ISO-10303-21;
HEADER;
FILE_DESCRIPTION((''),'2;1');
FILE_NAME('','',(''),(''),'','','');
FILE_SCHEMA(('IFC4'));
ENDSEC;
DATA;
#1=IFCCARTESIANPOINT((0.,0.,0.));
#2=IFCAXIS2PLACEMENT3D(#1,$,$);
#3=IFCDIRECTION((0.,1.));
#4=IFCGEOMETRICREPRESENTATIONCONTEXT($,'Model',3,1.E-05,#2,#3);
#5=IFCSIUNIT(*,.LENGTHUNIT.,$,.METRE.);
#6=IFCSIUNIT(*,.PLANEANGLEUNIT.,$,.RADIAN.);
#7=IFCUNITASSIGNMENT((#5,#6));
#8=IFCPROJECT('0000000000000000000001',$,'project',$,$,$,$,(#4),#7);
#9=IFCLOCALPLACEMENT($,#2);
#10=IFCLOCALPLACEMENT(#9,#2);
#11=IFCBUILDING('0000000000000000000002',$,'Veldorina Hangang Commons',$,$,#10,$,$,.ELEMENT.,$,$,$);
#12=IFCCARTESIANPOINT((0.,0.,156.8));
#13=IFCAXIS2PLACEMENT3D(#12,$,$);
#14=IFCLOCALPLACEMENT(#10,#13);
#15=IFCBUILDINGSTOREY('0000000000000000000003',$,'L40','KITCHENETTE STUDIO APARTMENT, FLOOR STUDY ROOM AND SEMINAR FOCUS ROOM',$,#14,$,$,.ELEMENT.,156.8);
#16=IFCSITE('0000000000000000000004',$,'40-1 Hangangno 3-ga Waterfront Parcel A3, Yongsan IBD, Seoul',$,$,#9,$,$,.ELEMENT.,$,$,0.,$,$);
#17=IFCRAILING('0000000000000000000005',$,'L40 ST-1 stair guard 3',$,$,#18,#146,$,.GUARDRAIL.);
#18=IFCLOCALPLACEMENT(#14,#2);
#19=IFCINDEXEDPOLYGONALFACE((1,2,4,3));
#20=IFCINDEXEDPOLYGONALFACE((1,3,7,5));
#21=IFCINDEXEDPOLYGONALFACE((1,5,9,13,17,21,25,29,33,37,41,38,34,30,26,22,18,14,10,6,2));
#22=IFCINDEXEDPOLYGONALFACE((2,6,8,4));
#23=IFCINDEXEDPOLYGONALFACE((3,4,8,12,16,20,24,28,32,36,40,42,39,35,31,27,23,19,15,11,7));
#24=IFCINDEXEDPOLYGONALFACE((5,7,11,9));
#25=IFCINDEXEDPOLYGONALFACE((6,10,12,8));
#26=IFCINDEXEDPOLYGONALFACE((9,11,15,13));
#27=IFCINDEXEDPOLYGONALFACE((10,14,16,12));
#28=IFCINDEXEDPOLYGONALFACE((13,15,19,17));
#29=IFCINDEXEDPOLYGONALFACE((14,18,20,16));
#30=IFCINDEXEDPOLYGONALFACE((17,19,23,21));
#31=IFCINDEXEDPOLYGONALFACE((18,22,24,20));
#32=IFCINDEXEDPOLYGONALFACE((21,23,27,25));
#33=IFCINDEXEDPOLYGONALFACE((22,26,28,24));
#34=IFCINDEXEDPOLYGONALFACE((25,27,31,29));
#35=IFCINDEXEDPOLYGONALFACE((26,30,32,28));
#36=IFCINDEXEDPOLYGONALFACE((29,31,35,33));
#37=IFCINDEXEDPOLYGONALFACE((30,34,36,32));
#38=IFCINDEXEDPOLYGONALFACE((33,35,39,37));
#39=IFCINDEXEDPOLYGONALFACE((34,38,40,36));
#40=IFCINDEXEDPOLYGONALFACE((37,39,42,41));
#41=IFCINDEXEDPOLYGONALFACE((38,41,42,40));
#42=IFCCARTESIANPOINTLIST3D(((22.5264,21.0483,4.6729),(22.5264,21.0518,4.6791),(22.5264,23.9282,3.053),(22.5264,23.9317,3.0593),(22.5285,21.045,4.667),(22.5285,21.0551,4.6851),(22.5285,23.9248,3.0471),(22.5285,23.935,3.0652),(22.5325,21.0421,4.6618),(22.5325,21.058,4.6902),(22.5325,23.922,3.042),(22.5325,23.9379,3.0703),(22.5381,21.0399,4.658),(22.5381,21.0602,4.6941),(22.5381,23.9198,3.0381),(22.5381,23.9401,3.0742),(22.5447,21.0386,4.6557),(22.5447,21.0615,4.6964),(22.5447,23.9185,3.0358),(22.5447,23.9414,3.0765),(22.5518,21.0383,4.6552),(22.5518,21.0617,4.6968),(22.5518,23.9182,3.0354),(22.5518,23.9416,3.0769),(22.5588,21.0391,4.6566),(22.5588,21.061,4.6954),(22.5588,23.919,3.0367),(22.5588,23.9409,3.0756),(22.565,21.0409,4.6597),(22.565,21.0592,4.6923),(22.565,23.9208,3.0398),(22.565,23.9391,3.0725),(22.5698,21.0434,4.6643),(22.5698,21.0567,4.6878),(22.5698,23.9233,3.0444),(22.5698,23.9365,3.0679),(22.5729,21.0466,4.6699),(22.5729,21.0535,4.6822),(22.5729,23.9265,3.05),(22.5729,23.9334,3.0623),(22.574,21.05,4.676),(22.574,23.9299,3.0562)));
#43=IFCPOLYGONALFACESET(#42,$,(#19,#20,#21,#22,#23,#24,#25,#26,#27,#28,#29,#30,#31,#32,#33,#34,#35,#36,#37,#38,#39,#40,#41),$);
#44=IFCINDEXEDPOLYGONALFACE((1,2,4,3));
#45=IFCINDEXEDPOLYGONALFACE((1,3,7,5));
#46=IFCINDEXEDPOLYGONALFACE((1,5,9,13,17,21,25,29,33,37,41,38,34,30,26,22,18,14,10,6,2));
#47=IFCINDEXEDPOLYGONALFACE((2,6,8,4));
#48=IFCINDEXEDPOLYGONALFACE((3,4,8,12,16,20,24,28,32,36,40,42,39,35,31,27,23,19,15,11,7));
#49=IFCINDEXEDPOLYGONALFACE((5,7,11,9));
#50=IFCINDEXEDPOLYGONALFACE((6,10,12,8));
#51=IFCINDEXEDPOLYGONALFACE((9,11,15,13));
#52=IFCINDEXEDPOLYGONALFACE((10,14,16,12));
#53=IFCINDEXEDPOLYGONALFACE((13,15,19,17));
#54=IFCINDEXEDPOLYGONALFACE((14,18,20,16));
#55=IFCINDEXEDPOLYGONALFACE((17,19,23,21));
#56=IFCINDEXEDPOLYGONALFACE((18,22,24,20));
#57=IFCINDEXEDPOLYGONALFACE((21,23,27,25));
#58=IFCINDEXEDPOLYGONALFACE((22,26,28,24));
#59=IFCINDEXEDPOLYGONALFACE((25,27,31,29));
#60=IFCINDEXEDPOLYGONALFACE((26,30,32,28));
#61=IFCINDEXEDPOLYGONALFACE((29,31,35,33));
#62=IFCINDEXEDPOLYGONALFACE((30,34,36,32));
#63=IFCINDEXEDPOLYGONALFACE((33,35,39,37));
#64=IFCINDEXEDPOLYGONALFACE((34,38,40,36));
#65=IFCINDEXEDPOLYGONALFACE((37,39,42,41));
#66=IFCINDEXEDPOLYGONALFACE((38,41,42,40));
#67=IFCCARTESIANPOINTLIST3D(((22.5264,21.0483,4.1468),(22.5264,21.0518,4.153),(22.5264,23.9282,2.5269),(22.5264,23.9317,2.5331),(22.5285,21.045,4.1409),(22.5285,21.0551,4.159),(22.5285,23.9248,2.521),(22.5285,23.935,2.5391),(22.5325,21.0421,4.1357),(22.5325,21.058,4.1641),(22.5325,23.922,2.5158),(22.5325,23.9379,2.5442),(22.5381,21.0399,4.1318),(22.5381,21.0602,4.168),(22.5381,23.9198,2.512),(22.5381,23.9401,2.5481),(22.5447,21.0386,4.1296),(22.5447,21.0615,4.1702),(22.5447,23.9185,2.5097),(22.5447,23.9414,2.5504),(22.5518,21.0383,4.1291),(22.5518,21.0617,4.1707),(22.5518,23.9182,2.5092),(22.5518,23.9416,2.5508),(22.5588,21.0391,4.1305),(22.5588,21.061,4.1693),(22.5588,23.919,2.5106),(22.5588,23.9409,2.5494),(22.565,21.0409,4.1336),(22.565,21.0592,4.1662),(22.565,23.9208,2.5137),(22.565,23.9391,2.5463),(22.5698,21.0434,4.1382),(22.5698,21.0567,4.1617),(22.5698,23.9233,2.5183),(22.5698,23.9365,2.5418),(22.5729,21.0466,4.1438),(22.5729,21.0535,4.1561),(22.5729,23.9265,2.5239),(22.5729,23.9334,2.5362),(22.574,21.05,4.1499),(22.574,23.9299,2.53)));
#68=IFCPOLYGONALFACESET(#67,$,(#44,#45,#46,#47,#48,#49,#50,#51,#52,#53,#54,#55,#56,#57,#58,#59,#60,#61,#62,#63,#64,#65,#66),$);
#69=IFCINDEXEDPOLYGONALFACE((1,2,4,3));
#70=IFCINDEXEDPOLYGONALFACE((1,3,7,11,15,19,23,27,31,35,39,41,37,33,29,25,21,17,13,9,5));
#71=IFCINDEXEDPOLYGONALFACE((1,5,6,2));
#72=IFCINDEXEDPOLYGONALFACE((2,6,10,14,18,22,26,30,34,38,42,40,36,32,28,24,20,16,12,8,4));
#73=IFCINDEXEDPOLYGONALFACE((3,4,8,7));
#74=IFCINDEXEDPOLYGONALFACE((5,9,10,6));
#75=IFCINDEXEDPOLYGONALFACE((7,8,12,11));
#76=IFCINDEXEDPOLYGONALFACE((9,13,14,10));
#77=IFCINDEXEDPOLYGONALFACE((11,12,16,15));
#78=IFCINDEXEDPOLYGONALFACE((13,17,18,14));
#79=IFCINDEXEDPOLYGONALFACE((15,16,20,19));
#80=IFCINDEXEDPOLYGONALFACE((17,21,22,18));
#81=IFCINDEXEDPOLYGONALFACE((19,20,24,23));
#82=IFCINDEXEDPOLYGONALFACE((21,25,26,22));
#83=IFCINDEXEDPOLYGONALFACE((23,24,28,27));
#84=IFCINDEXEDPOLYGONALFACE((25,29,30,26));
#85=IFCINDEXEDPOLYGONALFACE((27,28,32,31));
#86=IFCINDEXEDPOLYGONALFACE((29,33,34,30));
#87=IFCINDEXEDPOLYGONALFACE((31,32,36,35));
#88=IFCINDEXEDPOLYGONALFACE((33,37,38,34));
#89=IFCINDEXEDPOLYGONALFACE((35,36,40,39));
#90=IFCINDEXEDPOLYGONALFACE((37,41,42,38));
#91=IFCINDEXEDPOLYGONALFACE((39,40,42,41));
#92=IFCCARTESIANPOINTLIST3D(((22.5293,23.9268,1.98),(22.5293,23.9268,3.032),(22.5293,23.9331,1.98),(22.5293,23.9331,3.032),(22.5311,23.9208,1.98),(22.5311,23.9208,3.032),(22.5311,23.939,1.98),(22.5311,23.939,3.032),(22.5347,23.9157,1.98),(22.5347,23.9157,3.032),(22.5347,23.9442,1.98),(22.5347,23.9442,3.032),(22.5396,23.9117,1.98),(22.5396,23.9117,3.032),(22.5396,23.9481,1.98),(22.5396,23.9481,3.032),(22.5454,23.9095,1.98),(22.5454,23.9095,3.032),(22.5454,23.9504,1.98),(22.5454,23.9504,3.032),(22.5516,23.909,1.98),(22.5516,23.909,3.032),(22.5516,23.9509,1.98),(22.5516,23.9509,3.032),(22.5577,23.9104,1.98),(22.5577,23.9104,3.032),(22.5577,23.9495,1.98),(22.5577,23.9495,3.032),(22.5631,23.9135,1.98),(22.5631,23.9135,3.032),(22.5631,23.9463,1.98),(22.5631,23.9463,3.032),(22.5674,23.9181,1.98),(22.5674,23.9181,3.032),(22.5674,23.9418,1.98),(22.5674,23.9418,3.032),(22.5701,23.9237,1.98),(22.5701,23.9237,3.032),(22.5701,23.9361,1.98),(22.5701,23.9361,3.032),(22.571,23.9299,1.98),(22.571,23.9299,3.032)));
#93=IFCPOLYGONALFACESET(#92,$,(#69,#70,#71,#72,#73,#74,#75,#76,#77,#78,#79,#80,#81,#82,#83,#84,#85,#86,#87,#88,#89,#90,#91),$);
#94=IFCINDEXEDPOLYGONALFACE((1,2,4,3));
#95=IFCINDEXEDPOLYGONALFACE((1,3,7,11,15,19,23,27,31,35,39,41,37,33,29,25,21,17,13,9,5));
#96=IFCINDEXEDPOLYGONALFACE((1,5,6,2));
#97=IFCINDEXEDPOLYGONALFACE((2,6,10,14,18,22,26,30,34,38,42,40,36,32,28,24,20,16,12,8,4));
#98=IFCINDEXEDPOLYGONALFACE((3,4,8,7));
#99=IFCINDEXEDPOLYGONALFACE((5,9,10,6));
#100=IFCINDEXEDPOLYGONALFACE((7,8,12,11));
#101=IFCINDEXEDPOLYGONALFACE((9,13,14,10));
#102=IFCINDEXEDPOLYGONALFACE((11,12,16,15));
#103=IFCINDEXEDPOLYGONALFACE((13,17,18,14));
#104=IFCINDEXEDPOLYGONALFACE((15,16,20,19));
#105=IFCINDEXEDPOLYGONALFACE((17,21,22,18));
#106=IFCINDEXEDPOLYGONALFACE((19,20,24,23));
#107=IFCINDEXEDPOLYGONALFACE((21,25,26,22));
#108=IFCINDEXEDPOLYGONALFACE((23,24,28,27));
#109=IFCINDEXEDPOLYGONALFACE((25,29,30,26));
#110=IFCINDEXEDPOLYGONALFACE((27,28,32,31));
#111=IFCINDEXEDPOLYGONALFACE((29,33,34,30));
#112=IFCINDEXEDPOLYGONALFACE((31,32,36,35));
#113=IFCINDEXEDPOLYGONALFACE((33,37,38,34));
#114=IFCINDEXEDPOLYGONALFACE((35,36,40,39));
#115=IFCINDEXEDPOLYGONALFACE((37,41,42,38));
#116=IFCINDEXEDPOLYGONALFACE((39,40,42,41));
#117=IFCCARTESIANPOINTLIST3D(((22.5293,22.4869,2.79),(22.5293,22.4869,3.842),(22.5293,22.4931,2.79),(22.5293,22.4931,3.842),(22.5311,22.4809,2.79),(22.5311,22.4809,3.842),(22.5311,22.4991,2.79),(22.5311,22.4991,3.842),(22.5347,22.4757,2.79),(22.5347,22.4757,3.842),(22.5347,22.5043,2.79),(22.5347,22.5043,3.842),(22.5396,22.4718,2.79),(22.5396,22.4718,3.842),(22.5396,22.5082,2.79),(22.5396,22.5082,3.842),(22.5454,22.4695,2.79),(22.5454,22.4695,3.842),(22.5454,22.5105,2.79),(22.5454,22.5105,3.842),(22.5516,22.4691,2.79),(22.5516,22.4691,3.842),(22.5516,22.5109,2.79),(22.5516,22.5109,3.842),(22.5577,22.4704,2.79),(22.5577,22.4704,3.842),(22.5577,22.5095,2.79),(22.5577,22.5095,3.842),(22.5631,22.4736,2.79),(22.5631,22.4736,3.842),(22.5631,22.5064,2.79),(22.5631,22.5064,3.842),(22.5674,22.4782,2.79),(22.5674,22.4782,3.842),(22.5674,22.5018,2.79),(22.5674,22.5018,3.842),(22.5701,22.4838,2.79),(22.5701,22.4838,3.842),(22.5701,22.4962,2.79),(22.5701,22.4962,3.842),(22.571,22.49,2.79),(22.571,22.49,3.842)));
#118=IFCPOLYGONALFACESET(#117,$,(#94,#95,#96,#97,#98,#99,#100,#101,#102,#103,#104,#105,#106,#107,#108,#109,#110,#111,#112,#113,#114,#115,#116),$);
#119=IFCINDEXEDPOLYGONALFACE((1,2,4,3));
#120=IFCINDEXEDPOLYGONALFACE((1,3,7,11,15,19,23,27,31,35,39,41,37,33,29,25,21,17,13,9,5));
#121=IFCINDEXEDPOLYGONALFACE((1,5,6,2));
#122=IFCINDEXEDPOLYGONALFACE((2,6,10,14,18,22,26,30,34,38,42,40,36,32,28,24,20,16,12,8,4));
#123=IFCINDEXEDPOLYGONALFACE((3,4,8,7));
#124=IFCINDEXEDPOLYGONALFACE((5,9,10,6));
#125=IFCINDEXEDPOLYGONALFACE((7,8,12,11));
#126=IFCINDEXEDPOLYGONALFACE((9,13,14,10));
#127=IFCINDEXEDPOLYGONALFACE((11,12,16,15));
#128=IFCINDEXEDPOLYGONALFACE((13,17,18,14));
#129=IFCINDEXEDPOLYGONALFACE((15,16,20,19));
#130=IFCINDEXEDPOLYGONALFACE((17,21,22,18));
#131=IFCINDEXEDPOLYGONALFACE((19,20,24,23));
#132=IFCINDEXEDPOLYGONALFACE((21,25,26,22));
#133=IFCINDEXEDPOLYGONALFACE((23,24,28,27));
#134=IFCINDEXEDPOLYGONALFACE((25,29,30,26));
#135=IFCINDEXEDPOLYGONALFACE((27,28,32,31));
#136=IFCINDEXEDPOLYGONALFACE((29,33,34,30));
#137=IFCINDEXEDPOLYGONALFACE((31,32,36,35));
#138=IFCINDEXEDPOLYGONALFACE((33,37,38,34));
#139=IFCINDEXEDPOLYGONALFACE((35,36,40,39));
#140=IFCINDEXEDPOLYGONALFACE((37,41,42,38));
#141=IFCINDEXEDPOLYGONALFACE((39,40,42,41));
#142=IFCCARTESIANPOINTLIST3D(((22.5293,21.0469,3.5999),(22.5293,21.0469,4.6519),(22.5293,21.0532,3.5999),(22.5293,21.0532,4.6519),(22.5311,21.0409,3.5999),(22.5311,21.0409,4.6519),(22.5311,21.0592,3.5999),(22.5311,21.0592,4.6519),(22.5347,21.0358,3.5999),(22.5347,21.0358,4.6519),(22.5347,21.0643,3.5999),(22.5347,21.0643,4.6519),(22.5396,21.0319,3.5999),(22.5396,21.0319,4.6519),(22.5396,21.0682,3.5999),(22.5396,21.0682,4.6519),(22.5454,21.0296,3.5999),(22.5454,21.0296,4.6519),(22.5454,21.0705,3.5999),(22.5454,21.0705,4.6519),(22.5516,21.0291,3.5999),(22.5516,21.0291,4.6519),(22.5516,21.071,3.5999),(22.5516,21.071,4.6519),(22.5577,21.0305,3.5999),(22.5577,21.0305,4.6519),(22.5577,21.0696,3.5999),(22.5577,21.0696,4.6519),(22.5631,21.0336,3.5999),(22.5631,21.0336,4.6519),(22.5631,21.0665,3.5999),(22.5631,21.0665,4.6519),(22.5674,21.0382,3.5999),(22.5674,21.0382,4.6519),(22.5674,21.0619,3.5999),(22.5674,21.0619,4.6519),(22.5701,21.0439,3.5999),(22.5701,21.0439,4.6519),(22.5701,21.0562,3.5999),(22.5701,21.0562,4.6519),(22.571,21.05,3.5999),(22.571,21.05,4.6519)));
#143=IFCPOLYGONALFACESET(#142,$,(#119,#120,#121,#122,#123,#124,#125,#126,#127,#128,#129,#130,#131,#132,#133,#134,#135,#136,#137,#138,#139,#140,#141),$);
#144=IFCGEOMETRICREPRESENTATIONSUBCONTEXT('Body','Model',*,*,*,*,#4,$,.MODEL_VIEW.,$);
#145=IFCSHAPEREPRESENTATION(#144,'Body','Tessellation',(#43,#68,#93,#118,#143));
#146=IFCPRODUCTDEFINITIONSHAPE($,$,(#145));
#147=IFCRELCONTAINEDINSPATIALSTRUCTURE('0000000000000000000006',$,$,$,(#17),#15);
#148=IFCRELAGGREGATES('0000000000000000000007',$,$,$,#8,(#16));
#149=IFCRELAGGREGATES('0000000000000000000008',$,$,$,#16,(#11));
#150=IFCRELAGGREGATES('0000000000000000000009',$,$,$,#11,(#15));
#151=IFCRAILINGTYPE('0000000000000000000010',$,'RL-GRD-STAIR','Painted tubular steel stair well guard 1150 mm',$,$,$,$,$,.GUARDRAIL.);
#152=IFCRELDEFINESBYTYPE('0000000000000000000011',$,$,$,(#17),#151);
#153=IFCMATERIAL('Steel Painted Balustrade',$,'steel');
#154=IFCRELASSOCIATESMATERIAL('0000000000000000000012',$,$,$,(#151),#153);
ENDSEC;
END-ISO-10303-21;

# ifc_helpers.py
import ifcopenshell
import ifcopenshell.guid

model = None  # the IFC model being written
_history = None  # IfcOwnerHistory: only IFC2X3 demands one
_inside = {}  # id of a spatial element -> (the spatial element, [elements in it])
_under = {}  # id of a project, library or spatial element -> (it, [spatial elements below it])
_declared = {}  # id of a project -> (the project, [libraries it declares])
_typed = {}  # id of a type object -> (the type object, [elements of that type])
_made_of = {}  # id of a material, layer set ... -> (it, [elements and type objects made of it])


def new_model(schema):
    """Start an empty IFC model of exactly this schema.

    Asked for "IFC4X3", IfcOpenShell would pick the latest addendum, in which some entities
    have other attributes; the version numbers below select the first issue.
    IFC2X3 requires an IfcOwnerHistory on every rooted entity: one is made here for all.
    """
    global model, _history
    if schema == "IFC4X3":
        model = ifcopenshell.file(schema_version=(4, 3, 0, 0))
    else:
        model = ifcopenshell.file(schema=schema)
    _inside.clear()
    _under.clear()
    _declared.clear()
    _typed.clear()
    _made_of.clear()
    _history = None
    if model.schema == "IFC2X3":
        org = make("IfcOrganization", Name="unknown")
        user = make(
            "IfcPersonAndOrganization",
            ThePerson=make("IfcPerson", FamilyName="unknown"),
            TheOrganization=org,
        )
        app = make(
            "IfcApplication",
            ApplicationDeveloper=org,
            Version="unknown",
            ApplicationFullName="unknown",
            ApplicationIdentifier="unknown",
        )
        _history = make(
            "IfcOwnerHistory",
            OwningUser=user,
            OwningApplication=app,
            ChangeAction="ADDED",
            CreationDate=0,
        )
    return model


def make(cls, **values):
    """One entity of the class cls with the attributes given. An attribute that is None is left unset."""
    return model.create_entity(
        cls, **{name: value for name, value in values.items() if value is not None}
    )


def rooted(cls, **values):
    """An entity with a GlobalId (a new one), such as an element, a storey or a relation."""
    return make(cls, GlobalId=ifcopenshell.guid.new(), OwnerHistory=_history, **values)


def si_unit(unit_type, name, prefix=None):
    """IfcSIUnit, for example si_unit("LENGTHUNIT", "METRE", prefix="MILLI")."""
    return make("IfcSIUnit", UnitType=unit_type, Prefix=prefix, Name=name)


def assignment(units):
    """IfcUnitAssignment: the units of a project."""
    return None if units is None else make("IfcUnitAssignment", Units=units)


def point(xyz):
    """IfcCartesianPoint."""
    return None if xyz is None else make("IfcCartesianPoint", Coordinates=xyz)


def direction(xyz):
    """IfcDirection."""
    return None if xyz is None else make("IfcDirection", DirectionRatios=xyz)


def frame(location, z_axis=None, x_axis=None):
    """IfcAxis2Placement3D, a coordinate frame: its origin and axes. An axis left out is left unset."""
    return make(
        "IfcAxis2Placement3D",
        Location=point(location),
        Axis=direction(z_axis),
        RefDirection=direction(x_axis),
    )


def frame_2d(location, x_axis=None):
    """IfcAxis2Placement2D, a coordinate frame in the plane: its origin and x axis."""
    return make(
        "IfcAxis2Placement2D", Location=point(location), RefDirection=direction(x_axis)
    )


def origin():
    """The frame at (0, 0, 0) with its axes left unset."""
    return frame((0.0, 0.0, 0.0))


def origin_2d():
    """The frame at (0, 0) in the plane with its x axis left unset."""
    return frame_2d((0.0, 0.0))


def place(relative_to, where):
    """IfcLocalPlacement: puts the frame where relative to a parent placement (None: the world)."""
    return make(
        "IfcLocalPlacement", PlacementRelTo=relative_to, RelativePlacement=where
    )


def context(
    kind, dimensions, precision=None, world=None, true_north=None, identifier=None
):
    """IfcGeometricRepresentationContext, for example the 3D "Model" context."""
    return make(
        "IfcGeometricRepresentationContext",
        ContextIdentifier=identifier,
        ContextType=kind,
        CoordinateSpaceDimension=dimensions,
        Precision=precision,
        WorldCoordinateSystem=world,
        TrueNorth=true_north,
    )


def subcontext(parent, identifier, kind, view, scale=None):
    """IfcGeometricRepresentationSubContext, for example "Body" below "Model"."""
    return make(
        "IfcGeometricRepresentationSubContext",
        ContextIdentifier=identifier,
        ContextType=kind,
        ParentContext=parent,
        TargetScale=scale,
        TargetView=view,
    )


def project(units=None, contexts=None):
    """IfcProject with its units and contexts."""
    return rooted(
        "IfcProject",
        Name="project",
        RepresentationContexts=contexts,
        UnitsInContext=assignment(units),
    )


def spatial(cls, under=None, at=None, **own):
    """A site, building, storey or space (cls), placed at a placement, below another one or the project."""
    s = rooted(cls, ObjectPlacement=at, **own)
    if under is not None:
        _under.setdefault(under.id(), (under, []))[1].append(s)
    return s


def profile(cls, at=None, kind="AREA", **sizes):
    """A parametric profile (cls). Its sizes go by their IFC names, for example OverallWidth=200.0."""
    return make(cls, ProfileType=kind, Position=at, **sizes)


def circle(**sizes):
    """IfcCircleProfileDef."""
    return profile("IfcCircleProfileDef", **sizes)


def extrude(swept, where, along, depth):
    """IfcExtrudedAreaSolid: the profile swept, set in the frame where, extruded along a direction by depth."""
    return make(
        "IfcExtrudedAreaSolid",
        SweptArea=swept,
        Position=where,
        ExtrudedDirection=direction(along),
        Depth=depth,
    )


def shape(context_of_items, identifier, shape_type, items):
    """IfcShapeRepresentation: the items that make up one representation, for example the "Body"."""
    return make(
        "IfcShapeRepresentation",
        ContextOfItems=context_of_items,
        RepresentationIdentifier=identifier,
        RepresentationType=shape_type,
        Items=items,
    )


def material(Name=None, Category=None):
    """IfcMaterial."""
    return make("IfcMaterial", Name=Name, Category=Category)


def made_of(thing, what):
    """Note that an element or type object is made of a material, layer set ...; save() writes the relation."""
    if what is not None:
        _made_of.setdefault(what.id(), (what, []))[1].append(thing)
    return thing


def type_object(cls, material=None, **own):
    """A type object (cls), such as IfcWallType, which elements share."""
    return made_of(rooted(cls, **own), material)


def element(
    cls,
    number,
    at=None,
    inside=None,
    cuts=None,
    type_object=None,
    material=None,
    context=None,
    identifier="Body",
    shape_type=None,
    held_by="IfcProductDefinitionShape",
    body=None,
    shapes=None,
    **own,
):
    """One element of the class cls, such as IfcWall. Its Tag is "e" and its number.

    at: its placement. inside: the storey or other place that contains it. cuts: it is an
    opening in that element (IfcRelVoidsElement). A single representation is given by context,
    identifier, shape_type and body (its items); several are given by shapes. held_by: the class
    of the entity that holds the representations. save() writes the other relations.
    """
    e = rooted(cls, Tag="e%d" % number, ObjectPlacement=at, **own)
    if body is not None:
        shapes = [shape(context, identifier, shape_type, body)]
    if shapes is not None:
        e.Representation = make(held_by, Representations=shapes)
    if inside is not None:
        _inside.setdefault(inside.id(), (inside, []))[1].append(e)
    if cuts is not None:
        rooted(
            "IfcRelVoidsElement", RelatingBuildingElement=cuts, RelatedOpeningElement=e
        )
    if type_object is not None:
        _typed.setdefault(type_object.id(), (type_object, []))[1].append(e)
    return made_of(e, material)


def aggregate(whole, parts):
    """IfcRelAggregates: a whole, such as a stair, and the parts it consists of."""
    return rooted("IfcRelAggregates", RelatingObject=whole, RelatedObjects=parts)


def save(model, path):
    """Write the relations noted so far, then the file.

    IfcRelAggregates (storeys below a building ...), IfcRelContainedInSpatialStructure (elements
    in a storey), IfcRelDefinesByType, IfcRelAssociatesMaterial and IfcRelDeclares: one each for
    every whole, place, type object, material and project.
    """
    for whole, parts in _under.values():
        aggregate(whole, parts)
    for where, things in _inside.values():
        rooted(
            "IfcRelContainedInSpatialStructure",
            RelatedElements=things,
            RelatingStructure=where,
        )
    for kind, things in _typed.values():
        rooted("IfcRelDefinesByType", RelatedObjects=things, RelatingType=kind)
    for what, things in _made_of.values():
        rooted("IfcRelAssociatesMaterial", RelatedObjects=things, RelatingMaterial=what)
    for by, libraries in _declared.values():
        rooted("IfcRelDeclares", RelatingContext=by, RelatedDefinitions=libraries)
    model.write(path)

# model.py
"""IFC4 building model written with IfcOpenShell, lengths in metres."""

from ifc_helpers import new_model, si_unit, direction, frame, origin, origin_2d, place, context, subcontext, project, spatial, circle, extrude, material, type_object, element, save


model = new_model("IFC4")

# Units and contexts
model_context = context("Model", 3, precision=1e-05, world=origin(), true_north=direction((0.0, 1.0)))
body_context = subcontext(model_context, "Body", "Model", "MODEL_VIEW")
ifc_project = project(units=[si_unit("LENGTHUNIT", "METRE"), si_unit("PLANEANGLEUNIT", "RADIAN")], contexts=[model_context])

# Site, building, storey
site_placement = place(None, origin())
site = spatial("IfcSite", under=ifc_project, at=site_placement, Name="40-1 Hangangno 3-ga Waterfront Parcel A3, Yongsan IBD, Seoul", CompositionType="ELEMENT", RefElevation=0.0)
building_placement = place(site_placement, origin())
building = spatial("IfcBuilding", under=site, at=building_placement, Name="Veldorina Hangang Commons", CompositionType="ELEMENT")
storey_placement = place(building_placement, frame((0.0, 0.0, 156.8)))
storey = spatial("IfcBuildingStorey", under=building, at=storey_placement, Name="L40", Description="KITCHENETTE STUDIO APARTMENT, FLOOR STUDY ROOM AND SEMINAR FOCUS ROOM", CompositionType="ELEMENT", Elevation=156.8)

# Railing
ifc_material_1 = material(Name="Steel Painted Balustrade", Category="steel")
railing_type = type_object("IfcRailingType", Name="RL-GRD-STAIR", Description="Painted tubular steel stair well guard 1150 mm", PredefinedType="GUARDRAIL", material=ifc_material_1)
railing_1_placement = place(storey_placement, frame((22.55, 23.9299, 1.98)))
element("IfcRailing", 1, at=railing_1_placement, inside=storey, type_object=railing_type, Name="L40 ST-1 stair guard 3", PredefinedType="GUARDRAIL", context=body_context, shape_type="SweptSolid", body=[
    extrude(circle(Radius=0.0239, at=origin_2d()), frame((0.0, 0.0, 1.0762), z_axis=(0.0, -0.871583, 0.490247), x_axis=(1.0, 0.0, 0.0)), (0.0, 0.0, 1.0), 3.3042),
    extrude(circle(Radius=0.0239, at=origin_2d()), frame((0.0, 0.0, 0.55), z_axis=(0.0, -0.871583, 0.490247), x_axis=(1.0, 0.0, 0.0)), (0.0, 0.0, 1.0), 3.3042),
    extrude(circle(Radius=0.021, at=origin_2d()), origin(), (0.0, 0.0, 1.0), 1.052),
    extrude(circle(Radius=0.021, at=origin_2d()), frame((0.0, -1.4399, 0.8101)), (0.0, 0.0, 1.0), 1.052),
    extrude(circle(Radius=0.021, at=origin_2d()), frame((0.0, -2.8799, 1.6199)), (0.0, 0.0, 1.0), 1.052),
])

save(model, "model.ifc")
